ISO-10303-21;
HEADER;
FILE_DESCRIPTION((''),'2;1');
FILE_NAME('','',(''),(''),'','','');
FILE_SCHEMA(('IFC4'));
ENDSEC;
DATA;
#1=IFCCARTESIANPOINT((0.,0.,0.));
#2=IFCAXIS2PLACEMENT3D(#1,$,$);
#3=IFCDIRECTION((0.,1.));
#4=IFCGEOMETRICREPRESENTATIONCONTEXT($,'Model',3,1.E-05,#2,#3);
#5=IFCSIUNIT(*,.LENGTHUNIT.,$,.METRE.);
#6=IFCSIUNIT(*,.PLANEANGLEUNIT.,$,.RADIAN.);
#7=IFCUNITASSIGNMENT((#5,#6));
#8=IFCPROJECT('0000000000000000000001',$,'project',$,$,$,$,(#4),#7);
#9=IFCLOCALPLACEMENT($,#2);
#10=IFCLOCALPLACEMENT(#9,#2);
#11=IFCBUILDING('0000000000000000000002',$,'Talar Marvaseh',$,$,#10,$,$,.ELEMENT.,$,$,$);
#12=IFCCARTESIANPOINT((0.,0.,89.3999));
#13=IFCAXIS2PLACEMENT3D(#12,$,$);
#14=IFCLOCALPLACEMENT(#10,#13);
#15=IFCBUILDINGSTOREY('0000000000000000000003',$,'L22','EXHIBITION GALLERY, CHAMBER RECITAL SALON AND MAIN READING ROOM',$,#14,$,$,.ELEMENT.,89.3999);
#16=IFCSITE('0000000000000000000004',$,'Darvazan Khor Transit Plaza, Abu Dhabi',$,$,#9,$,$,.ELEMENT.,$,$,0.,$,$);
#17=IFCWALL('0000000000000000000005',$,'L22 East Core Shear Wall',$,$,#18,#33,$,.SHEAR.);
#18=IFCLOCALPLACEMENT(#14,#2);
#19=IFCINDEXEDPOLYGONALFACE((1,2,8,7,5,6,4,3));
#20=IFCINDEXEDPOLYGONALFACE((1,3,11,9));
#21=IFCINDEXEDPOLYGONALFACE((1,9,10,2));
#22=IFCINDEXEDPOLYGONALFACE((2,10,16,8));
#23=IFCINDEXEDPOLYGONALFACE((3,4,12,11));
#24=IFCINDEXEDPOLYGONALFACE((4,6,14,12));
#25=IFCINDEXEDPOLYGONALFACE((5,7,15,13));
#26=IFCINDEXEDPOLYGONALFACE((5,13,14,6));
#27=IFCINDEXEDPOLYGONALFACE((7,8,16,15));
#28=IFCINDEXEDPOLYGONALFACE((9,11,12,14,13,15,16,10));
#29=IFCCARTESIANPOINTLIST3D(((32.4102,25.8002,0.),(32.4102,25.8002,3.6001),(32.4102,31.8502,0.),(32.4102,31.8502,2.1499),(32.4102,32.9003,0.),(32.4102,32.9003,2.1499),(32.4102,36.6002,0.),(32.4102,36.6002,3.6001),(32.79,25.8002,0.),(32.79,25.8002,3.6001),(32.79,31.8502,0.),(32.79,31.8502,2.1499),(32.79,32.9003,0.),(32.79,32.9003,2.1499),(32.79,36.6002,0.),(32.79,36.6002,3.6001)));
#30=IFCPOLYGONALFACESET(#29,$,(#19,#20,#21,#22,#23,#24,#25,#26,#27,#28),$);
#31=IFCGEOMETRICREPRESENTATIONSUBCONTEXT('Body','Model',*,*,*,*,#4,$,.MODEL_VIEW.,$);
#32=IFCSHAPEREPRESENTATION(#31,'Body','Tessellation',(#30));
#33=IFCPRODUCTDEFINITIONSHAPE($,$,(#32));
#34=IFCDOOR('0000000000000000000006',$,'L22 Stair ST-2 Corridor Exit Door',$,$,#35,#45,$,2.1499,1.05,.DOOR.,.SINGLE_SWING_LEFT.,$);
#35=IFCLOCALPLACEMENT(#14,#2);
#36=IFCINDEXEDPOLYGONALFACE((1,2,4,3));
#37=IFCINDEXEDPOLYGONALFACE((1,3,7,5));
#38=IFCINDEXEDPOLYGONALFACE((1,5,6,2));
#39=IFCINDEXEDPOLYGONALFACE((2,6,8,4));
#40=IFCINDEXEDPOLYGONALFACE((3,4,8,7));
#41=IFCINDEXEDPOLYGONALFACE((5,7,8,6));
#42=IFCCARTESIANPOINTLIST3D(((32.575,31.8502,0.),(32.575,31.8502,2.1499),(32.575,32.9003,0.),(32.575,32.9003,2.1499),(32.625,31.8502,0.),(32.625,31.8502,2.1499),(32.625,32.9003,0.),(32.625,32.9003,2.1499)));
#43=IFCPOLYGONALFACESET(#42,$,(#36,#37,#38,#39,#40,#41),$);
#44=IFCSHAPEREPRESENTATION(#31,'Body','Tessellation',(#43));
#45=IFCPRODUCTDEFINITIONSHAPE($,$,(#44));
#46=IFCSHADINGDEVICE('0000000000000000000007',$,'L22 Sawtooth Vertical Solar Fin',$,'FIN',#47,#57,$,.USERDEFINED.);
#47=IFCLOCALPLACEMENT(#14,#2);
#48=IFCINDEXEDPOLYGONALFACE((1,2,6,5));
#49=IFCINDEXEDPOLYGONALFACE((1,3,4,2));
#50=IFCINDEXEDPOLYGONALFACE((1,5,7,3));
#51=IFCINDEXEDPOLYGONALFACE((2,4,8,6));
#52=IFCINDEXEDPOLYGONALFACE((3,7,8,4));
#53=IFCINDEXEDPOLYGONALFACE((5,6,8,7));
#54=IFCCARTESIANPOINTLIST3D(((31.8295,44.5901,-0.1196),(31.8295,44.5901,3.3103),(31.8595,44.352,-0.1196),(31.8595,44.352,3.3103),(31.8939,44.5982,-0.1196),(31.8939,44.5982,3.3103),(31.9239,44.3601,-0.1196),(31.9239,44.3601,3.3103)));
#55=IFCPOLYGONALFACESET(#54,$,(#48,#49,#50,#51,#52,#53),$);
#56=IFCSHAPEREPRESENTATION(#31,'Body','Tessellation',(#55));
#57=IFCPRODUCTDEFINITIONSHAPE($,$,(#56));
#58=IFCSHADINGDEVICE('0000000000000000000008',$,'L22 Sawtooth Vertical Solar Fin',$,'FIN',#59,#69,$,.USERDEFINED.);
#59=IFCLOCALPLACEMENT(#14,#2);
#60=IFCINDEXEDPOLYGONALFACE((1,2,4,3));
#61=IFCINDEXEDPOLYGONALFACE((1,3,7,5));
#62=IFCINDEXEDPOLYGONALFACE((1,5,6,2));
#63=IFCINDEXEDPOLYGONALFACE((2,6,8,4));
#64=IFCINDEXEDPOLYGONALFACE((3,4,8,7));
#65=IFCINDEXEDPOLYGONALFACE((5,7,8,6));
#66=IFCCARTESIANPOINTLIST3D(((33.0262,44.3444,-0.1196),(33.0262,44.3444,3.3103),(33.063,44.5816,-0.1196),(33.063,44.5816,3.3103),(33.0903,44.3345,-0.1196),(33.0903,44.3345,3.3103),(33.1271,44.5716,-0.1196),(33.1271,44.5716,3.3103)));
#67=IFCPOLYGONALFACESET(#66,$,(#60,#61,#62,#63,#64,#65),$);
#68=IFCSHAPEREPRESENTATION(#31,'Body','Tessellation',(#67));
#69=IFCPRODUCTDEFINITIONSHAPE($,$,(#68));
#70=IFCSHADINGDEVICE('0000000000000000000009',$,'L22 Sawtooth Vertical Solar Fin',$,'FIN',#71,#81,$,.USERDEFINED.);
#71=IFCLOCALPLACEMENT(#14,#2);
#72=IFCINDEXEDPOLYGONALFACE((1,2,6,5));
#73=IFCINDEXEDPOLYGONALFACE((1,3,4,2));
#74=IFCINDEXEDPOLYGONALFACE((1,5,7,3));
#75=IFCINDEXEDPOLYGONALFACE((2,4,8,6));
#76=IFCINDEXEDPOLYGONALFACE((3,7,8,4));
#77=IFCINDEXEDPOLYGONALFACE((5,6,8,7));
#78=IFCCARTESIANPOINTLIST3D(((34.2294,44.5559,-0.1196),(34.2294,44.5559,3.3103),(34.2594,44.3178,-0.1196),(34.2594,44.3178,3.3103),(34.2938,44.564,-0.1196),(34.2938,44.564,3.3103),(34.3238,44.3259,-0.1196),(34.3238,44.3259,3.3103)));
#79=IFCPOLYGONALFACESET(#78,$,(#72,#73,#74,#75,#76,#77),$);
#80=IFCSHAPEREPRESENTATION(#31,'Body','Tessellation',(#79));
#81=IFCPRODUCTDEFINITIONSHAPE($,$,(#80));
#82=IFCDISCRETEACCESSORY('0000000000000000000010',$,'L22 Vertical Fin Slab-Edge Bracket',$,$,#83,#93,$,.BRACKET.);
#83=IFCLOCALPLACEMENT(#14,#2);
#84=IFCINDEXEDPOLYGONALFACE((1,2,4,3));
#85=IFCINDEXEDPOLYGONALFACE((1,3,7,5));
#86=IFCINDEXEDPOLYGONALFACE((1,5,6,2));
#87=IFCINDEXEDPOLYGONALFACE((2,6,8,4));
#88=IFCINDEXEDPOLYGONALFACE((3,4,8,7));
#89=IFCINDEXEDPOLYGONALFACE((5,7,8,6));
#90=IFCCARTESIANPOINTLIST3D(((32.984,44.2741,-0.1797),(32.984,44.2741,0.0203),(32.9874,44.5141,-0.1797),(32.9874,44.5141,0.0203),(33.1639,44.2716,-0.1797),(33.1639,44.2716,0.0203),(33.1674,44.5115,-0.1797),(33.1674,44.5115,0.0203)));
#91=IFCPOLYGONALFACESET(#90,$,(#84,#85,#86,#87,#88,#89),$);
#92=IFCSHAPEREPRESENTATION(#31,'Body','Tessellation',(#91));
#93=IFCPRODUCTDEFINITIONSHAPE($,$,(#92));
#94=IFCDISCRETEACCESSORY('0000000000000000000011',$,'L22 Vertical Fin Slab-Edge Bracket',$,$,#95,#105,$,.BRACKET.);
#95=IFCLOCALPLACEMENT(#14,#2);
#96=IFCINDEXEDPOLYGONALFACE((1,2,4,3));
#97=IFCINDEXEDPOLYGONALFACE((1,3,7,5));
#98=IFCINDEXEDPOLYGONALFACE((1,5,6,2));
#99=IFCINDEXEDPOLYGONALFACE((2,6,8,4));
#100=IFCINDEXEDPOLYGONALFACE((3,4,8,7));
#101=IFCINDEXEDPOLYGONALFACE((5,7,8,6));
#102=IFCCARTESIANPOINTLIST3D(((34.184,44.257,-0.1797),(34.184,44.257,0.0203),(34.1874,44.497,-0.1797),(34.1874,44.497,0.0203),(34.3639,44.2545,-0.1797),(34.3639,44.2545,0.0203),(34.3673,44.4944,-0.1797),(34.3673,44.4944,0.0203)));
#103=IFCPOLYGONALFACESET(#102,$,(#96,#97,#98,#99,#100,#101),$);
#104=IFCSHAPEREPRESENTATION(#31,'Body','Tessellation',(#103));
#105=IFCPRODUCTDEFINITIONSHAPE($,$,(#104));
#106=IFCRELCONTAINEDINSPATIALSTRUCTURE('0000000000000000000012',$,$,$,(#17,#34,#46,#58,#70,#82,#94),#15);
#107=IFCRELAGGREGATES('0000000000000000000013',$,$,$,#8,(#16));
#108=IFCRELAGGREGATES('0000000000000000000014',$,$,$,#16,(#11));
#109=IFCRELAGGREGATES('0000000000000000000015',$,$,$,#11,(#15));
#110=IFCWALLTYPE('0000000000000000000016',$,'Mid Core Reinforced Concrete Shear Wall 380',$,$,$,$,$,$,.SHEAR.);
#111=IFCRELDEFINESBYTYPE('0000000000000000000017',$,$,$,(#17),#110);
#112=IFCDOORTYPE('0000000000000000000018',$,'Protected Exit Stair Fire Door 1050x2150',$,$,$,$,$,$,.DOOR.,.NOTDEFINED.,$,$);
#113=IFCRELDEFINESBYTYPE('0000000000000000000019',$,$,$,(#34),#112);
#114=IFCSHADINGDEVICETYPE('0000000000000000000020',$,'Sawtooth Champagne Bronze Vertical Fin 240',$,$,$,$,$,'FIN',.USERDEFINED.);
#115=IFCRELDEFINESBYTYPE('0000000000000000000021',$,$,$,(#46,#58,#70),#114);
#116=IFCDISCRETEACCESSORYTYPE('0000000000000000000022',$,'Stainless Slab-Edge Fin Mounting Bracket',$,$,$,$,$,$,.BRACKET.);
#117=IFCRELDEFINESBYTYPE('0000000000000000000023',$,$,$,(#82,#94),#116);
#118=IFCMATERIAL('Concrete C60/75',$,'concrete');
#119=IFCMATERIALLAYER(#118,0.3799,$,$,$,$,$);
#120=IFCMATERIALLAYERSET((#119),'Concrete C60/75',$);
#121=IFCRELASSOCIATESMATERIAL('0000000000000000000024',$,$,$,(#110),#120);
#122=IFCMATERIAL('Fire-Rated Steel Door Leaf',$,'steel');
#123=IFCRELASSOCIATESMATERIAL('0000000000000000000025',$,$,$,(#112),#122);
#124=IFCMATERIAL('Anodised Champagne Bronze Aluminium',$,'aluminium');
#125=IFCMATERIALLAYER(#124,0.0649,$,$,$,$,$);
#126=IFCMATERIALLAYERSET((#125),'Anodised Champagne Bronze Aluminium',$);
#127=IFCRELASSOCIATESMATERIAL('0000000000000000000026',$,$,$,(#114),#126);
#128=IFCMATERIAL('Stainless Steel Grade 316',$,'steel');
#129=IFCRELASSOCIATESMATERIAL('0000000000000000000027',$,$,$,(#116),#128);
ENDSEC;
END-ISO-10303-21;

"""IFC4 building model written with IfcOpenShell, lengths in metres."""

from ifc_helpers import new_model, si_unit, direction, frame, frame_2d, origin, origin_2d, place, context, subcontext, project, spatial, rectangle, extrude, source, transform, mapped, material, layer, layer_set, type_object, type_shapes, element, fill, save


model = new_model("IFC4")

# Units and contexts
model_context = context("Model", 3, precision=1e-05, world=origin(), true_north=direction((0.0, 1.0)))
body_context = subcontext(model_context, "Body", "Model", "MODEL_VIEW")
ifc_project = project(units=[si_unit("LENGTHUNIT", "METRE"), si_unit("PLANEANGLEUNIT", "RADIAN")], contexts=[model_context])

# Site, building, storey
site_placement = place(None, origin())
site = spatial("IfcSite", under=ifc_project, at=site_placement, Name="Darvazan Khor Transit Plaza, Abu Dhabi", CompositionType="ELEMENT", RefElevation=0.0)
building_placement = place(site_placement, origin())
building = spatial("IfcBuilding", under=site, at=building_placement, Name="Talar Marvaseh", CompositionType="ELEMENT")
storey_placement = place(building_placement, frame((0.0, 0.0, 89.3999)))
storey = spatial("IfcBuildingStorey", under=building, at=storey_placement, Name="L22", Description="EXHIBITION GALLERY, CHAMBER RECITAL SALON AND MAIN READING ROOM", CompositionType="ELEMENT", Elevation=89.3999)

# Shared definitions
ifc_material_1 = material(Name="Concrete C60/75", Category="concrete")

# Wall, opening, door
ifc_layer_1 = layer(ifc_material_1, 0.3799)
ifc_layer_set_1 = layer_set([ifc_layer_1], Name="Concrete C60/75")
wall_type_1 = type_object("IfcWallType", Name="Mid Core Reinforced Concrete Shear Wall 380", PredefinedType="SHEAR", material=ifc_layer_set_1)
wall_1_placement = place(storey_placement, frame((32.6001, 36.6001, 0.0), z_axis=(0.0, 0.0, 1.0), x_axis=(0.0, -1.0, 0.0)))
wall_1 = element("IfcWall", 1, at=wall_1_placement, inside=storey, type_object=wall_type_1, Name="L22 East Core Shear Wall", PredefinedType="SHEAR", context=body_context, shape_type="SweptSolid", body=[
    extrude(rectangle(XDim=10.8, YDim=0.3799, at=frame_2d((5.3999, 0.0))), origin(), (0.0, 0.0, 1.0), 3.6001),
])
opening_1_placement = place(wall_1_placement, frame((3.7, 0.0, 0.0)))
opening_1 = element("IfcOpeningElement", 2, at=opening_1_placement, cuts=wall_1, PredefinedType="OPENING", context=body_context, shape_type="SweptSolid", body=[
    extrude(rectangle(XDim=1.05, YDim=2.1499, at=frame_2d((0.5249, 1.075))), frame((0.0, 0.2, 0.0), z_axis=(0.0, -1.0, 0.0), x_axis=(1.0, 0.0, 0.0)), (0.0, 0.0, 1.0), 0.3999),
])
ifc_material_2 = material(Name="Fire-Rated Steel Door Leaf", Category="steel")
door_type_1 = type_object("IfcDoorType", Name="Protected Exit Stair Fire Door 1050x2150", OperationType="NOTDEFINED", PredefinedType="DOOR", material=ifc_material_2)
shared_shape_1 = source(origin(), body_context, "Body", "SweptSolid", [
    extrude(rectangle(XDim=1.05, YDim=2.1499, at=frame_2d((0.5249, 1.075))), frame((0.0, 0.0249, 0.0), z_axis=(0.0, -1.0, 0.0), x_axis=(1.0, 0.0, 0.0)), (0.0, 0.0, 1.0), 0.05),
])
type_shapes(door_type_1, [shared_shape_1])
door_1_placement = place(opening_1_placement, origin())
door_1 = element("IfcDoor", 3, at=door_1_placement, inside=storey, type_object=door_type_1, Name="L22 Stair ST-2 Corridor Exit Door", OperationType="SINGLE_SWING_LEFT", OverallHeight=2.1499, OverallWidth=1.05, PredefinedType="DOOR", context=body_context, shape_type="MappedRepresentation", body=[
    mapped(shared_shape_1, transform((0.0, 0.0, 0.0), x_axis=(1.0, 0.0, 0.0), y_axis=(0.0, 1.0, 0.0), z_axis=(0.0, 0.0, 1.0), scale=1.0)),
])
fill(opening_1, door_1)

# Shading devices
ifc_material_3 = material(Name="Anodised Champagne Bronze Aluminium", Category="aluminium")
ifc_layer_2 = layer(ifc_material_3, 0.0649)
ifc_layer_set_2 = layer_set([ifc_layer_2], Name="Anodised Champagne Bronze Aluminium")
shading_device_type = type_object("IfcShadingDeviceType", Name="Sawtooth Champagne Bronze Vertical Fin 240", ElementType="FIN", PredefinedType="USERDEFINED", material=ifc_layer_set_2)
shared_shape_2 = source(origin(), body_context, "Body", "SweptSolid", [
    extrude(rectangle(XDim=0.24, YDim=0.0649, at=origin_2d()), origin(), (0.0, 0.0, 1.0), 3.4299),
])
type_shapes(shading_device_type, [shared_shape_2])
for number, where, z_axis, x_axis, name in (
    (4, (31.8767, 44.4751, -0.1196), (0.0, 0.0, 1.0), (-0.124987, 0.992158, 0.0), "L22 Sawtooth Vertical Solar Fin"),
    (5, (33.0767, 44.458, -0.1196), (0.0, 0.0, 1.0), (0.153331, 0.988175, 0.0), "L22 Sawtooth Vertical Solar Fin"),
    (6, (34.2766, 44.4409, -0.1196), (0.0, 0.0, 1.0), (-0.124987, 0.992158, 0.0), "L22 Sawtooth Vertical Solar Fin"),
):
    element("IfcShadingDevice", number, at=place(storey_placement, frame(where, z_axis=z_axis, x_axis=x_axis)), inside=storey, type_object=shading_device_type, Name=name, ObjectType="FIN", PredefinedType="USERDEFINED", context=body_context, shape_type="MappedRepresentation", body=[
        mapped(shared_shape_2, transform((0.0, 0.0, 0.0), x_axis=(1.0, 0.0, 0.0), y_axis=(0.0, 1.0, 0.0), z_axis=(0.0, 0.0, 1.0), scale=1.0)),
    ])

# Discrete accessories
ifc_material_4 = material(Name="Stainless Steel Grade 316", Category="steel")
discrete_accessory_type = type_object("IfcDiscreteAccessoryType", Name="Stainless Slab-Edge Fin Mounting Bracket", PredefinedType="BRACKET", material=ifc_material_4)
shared_shape_3 = source(origin(), body_context, "Body", "SweptSolid", [
    extrude(rectangle(XDim=0.24, YDim=0.1799, at=origin_2d()), origin(), (0.0, 0.0, 1.0), 0.2),
])
type_shapes(discrete_accessory_type, [shared_shape_3])
for number, where, z_axis, x_axis, name in (
    (7, (33.0757, 44.3928, -0.1797), (0.0, 0.0, 1.0), (0.014311, 0.999898, 0.0), "L22 Vertical Fin Slab-Edge Bracket"),
    (8, (34.2756, 44.3757, -0.1797), (0.0, 0.0, 1.0), (0.014311, 0.999898, 0.0), "L22 Vertical Fin Slab-Edge Bracket"),
):
    element("IfcDiscreteAccessory", number, at=place(storey_placement, frame(where, z_axis=z_axis, x_axis=x_axis)), inside=storey, type_object=discrete_accessory_type, Name=name, PredefinedType="BRACKET", context=body_context, shape_type="MappedRepresentation", body=[
        mapped(shared_shape_3, transform((0.0, 0.0, 0.0), x_axis=(1.0, 0.0, 0.0), y_axis=(0.0, 1.0, 0.0), z_axis=(0.0, 0.0, 1.0), scale=1.0)),
    ])

save(model, "model.ifc")
